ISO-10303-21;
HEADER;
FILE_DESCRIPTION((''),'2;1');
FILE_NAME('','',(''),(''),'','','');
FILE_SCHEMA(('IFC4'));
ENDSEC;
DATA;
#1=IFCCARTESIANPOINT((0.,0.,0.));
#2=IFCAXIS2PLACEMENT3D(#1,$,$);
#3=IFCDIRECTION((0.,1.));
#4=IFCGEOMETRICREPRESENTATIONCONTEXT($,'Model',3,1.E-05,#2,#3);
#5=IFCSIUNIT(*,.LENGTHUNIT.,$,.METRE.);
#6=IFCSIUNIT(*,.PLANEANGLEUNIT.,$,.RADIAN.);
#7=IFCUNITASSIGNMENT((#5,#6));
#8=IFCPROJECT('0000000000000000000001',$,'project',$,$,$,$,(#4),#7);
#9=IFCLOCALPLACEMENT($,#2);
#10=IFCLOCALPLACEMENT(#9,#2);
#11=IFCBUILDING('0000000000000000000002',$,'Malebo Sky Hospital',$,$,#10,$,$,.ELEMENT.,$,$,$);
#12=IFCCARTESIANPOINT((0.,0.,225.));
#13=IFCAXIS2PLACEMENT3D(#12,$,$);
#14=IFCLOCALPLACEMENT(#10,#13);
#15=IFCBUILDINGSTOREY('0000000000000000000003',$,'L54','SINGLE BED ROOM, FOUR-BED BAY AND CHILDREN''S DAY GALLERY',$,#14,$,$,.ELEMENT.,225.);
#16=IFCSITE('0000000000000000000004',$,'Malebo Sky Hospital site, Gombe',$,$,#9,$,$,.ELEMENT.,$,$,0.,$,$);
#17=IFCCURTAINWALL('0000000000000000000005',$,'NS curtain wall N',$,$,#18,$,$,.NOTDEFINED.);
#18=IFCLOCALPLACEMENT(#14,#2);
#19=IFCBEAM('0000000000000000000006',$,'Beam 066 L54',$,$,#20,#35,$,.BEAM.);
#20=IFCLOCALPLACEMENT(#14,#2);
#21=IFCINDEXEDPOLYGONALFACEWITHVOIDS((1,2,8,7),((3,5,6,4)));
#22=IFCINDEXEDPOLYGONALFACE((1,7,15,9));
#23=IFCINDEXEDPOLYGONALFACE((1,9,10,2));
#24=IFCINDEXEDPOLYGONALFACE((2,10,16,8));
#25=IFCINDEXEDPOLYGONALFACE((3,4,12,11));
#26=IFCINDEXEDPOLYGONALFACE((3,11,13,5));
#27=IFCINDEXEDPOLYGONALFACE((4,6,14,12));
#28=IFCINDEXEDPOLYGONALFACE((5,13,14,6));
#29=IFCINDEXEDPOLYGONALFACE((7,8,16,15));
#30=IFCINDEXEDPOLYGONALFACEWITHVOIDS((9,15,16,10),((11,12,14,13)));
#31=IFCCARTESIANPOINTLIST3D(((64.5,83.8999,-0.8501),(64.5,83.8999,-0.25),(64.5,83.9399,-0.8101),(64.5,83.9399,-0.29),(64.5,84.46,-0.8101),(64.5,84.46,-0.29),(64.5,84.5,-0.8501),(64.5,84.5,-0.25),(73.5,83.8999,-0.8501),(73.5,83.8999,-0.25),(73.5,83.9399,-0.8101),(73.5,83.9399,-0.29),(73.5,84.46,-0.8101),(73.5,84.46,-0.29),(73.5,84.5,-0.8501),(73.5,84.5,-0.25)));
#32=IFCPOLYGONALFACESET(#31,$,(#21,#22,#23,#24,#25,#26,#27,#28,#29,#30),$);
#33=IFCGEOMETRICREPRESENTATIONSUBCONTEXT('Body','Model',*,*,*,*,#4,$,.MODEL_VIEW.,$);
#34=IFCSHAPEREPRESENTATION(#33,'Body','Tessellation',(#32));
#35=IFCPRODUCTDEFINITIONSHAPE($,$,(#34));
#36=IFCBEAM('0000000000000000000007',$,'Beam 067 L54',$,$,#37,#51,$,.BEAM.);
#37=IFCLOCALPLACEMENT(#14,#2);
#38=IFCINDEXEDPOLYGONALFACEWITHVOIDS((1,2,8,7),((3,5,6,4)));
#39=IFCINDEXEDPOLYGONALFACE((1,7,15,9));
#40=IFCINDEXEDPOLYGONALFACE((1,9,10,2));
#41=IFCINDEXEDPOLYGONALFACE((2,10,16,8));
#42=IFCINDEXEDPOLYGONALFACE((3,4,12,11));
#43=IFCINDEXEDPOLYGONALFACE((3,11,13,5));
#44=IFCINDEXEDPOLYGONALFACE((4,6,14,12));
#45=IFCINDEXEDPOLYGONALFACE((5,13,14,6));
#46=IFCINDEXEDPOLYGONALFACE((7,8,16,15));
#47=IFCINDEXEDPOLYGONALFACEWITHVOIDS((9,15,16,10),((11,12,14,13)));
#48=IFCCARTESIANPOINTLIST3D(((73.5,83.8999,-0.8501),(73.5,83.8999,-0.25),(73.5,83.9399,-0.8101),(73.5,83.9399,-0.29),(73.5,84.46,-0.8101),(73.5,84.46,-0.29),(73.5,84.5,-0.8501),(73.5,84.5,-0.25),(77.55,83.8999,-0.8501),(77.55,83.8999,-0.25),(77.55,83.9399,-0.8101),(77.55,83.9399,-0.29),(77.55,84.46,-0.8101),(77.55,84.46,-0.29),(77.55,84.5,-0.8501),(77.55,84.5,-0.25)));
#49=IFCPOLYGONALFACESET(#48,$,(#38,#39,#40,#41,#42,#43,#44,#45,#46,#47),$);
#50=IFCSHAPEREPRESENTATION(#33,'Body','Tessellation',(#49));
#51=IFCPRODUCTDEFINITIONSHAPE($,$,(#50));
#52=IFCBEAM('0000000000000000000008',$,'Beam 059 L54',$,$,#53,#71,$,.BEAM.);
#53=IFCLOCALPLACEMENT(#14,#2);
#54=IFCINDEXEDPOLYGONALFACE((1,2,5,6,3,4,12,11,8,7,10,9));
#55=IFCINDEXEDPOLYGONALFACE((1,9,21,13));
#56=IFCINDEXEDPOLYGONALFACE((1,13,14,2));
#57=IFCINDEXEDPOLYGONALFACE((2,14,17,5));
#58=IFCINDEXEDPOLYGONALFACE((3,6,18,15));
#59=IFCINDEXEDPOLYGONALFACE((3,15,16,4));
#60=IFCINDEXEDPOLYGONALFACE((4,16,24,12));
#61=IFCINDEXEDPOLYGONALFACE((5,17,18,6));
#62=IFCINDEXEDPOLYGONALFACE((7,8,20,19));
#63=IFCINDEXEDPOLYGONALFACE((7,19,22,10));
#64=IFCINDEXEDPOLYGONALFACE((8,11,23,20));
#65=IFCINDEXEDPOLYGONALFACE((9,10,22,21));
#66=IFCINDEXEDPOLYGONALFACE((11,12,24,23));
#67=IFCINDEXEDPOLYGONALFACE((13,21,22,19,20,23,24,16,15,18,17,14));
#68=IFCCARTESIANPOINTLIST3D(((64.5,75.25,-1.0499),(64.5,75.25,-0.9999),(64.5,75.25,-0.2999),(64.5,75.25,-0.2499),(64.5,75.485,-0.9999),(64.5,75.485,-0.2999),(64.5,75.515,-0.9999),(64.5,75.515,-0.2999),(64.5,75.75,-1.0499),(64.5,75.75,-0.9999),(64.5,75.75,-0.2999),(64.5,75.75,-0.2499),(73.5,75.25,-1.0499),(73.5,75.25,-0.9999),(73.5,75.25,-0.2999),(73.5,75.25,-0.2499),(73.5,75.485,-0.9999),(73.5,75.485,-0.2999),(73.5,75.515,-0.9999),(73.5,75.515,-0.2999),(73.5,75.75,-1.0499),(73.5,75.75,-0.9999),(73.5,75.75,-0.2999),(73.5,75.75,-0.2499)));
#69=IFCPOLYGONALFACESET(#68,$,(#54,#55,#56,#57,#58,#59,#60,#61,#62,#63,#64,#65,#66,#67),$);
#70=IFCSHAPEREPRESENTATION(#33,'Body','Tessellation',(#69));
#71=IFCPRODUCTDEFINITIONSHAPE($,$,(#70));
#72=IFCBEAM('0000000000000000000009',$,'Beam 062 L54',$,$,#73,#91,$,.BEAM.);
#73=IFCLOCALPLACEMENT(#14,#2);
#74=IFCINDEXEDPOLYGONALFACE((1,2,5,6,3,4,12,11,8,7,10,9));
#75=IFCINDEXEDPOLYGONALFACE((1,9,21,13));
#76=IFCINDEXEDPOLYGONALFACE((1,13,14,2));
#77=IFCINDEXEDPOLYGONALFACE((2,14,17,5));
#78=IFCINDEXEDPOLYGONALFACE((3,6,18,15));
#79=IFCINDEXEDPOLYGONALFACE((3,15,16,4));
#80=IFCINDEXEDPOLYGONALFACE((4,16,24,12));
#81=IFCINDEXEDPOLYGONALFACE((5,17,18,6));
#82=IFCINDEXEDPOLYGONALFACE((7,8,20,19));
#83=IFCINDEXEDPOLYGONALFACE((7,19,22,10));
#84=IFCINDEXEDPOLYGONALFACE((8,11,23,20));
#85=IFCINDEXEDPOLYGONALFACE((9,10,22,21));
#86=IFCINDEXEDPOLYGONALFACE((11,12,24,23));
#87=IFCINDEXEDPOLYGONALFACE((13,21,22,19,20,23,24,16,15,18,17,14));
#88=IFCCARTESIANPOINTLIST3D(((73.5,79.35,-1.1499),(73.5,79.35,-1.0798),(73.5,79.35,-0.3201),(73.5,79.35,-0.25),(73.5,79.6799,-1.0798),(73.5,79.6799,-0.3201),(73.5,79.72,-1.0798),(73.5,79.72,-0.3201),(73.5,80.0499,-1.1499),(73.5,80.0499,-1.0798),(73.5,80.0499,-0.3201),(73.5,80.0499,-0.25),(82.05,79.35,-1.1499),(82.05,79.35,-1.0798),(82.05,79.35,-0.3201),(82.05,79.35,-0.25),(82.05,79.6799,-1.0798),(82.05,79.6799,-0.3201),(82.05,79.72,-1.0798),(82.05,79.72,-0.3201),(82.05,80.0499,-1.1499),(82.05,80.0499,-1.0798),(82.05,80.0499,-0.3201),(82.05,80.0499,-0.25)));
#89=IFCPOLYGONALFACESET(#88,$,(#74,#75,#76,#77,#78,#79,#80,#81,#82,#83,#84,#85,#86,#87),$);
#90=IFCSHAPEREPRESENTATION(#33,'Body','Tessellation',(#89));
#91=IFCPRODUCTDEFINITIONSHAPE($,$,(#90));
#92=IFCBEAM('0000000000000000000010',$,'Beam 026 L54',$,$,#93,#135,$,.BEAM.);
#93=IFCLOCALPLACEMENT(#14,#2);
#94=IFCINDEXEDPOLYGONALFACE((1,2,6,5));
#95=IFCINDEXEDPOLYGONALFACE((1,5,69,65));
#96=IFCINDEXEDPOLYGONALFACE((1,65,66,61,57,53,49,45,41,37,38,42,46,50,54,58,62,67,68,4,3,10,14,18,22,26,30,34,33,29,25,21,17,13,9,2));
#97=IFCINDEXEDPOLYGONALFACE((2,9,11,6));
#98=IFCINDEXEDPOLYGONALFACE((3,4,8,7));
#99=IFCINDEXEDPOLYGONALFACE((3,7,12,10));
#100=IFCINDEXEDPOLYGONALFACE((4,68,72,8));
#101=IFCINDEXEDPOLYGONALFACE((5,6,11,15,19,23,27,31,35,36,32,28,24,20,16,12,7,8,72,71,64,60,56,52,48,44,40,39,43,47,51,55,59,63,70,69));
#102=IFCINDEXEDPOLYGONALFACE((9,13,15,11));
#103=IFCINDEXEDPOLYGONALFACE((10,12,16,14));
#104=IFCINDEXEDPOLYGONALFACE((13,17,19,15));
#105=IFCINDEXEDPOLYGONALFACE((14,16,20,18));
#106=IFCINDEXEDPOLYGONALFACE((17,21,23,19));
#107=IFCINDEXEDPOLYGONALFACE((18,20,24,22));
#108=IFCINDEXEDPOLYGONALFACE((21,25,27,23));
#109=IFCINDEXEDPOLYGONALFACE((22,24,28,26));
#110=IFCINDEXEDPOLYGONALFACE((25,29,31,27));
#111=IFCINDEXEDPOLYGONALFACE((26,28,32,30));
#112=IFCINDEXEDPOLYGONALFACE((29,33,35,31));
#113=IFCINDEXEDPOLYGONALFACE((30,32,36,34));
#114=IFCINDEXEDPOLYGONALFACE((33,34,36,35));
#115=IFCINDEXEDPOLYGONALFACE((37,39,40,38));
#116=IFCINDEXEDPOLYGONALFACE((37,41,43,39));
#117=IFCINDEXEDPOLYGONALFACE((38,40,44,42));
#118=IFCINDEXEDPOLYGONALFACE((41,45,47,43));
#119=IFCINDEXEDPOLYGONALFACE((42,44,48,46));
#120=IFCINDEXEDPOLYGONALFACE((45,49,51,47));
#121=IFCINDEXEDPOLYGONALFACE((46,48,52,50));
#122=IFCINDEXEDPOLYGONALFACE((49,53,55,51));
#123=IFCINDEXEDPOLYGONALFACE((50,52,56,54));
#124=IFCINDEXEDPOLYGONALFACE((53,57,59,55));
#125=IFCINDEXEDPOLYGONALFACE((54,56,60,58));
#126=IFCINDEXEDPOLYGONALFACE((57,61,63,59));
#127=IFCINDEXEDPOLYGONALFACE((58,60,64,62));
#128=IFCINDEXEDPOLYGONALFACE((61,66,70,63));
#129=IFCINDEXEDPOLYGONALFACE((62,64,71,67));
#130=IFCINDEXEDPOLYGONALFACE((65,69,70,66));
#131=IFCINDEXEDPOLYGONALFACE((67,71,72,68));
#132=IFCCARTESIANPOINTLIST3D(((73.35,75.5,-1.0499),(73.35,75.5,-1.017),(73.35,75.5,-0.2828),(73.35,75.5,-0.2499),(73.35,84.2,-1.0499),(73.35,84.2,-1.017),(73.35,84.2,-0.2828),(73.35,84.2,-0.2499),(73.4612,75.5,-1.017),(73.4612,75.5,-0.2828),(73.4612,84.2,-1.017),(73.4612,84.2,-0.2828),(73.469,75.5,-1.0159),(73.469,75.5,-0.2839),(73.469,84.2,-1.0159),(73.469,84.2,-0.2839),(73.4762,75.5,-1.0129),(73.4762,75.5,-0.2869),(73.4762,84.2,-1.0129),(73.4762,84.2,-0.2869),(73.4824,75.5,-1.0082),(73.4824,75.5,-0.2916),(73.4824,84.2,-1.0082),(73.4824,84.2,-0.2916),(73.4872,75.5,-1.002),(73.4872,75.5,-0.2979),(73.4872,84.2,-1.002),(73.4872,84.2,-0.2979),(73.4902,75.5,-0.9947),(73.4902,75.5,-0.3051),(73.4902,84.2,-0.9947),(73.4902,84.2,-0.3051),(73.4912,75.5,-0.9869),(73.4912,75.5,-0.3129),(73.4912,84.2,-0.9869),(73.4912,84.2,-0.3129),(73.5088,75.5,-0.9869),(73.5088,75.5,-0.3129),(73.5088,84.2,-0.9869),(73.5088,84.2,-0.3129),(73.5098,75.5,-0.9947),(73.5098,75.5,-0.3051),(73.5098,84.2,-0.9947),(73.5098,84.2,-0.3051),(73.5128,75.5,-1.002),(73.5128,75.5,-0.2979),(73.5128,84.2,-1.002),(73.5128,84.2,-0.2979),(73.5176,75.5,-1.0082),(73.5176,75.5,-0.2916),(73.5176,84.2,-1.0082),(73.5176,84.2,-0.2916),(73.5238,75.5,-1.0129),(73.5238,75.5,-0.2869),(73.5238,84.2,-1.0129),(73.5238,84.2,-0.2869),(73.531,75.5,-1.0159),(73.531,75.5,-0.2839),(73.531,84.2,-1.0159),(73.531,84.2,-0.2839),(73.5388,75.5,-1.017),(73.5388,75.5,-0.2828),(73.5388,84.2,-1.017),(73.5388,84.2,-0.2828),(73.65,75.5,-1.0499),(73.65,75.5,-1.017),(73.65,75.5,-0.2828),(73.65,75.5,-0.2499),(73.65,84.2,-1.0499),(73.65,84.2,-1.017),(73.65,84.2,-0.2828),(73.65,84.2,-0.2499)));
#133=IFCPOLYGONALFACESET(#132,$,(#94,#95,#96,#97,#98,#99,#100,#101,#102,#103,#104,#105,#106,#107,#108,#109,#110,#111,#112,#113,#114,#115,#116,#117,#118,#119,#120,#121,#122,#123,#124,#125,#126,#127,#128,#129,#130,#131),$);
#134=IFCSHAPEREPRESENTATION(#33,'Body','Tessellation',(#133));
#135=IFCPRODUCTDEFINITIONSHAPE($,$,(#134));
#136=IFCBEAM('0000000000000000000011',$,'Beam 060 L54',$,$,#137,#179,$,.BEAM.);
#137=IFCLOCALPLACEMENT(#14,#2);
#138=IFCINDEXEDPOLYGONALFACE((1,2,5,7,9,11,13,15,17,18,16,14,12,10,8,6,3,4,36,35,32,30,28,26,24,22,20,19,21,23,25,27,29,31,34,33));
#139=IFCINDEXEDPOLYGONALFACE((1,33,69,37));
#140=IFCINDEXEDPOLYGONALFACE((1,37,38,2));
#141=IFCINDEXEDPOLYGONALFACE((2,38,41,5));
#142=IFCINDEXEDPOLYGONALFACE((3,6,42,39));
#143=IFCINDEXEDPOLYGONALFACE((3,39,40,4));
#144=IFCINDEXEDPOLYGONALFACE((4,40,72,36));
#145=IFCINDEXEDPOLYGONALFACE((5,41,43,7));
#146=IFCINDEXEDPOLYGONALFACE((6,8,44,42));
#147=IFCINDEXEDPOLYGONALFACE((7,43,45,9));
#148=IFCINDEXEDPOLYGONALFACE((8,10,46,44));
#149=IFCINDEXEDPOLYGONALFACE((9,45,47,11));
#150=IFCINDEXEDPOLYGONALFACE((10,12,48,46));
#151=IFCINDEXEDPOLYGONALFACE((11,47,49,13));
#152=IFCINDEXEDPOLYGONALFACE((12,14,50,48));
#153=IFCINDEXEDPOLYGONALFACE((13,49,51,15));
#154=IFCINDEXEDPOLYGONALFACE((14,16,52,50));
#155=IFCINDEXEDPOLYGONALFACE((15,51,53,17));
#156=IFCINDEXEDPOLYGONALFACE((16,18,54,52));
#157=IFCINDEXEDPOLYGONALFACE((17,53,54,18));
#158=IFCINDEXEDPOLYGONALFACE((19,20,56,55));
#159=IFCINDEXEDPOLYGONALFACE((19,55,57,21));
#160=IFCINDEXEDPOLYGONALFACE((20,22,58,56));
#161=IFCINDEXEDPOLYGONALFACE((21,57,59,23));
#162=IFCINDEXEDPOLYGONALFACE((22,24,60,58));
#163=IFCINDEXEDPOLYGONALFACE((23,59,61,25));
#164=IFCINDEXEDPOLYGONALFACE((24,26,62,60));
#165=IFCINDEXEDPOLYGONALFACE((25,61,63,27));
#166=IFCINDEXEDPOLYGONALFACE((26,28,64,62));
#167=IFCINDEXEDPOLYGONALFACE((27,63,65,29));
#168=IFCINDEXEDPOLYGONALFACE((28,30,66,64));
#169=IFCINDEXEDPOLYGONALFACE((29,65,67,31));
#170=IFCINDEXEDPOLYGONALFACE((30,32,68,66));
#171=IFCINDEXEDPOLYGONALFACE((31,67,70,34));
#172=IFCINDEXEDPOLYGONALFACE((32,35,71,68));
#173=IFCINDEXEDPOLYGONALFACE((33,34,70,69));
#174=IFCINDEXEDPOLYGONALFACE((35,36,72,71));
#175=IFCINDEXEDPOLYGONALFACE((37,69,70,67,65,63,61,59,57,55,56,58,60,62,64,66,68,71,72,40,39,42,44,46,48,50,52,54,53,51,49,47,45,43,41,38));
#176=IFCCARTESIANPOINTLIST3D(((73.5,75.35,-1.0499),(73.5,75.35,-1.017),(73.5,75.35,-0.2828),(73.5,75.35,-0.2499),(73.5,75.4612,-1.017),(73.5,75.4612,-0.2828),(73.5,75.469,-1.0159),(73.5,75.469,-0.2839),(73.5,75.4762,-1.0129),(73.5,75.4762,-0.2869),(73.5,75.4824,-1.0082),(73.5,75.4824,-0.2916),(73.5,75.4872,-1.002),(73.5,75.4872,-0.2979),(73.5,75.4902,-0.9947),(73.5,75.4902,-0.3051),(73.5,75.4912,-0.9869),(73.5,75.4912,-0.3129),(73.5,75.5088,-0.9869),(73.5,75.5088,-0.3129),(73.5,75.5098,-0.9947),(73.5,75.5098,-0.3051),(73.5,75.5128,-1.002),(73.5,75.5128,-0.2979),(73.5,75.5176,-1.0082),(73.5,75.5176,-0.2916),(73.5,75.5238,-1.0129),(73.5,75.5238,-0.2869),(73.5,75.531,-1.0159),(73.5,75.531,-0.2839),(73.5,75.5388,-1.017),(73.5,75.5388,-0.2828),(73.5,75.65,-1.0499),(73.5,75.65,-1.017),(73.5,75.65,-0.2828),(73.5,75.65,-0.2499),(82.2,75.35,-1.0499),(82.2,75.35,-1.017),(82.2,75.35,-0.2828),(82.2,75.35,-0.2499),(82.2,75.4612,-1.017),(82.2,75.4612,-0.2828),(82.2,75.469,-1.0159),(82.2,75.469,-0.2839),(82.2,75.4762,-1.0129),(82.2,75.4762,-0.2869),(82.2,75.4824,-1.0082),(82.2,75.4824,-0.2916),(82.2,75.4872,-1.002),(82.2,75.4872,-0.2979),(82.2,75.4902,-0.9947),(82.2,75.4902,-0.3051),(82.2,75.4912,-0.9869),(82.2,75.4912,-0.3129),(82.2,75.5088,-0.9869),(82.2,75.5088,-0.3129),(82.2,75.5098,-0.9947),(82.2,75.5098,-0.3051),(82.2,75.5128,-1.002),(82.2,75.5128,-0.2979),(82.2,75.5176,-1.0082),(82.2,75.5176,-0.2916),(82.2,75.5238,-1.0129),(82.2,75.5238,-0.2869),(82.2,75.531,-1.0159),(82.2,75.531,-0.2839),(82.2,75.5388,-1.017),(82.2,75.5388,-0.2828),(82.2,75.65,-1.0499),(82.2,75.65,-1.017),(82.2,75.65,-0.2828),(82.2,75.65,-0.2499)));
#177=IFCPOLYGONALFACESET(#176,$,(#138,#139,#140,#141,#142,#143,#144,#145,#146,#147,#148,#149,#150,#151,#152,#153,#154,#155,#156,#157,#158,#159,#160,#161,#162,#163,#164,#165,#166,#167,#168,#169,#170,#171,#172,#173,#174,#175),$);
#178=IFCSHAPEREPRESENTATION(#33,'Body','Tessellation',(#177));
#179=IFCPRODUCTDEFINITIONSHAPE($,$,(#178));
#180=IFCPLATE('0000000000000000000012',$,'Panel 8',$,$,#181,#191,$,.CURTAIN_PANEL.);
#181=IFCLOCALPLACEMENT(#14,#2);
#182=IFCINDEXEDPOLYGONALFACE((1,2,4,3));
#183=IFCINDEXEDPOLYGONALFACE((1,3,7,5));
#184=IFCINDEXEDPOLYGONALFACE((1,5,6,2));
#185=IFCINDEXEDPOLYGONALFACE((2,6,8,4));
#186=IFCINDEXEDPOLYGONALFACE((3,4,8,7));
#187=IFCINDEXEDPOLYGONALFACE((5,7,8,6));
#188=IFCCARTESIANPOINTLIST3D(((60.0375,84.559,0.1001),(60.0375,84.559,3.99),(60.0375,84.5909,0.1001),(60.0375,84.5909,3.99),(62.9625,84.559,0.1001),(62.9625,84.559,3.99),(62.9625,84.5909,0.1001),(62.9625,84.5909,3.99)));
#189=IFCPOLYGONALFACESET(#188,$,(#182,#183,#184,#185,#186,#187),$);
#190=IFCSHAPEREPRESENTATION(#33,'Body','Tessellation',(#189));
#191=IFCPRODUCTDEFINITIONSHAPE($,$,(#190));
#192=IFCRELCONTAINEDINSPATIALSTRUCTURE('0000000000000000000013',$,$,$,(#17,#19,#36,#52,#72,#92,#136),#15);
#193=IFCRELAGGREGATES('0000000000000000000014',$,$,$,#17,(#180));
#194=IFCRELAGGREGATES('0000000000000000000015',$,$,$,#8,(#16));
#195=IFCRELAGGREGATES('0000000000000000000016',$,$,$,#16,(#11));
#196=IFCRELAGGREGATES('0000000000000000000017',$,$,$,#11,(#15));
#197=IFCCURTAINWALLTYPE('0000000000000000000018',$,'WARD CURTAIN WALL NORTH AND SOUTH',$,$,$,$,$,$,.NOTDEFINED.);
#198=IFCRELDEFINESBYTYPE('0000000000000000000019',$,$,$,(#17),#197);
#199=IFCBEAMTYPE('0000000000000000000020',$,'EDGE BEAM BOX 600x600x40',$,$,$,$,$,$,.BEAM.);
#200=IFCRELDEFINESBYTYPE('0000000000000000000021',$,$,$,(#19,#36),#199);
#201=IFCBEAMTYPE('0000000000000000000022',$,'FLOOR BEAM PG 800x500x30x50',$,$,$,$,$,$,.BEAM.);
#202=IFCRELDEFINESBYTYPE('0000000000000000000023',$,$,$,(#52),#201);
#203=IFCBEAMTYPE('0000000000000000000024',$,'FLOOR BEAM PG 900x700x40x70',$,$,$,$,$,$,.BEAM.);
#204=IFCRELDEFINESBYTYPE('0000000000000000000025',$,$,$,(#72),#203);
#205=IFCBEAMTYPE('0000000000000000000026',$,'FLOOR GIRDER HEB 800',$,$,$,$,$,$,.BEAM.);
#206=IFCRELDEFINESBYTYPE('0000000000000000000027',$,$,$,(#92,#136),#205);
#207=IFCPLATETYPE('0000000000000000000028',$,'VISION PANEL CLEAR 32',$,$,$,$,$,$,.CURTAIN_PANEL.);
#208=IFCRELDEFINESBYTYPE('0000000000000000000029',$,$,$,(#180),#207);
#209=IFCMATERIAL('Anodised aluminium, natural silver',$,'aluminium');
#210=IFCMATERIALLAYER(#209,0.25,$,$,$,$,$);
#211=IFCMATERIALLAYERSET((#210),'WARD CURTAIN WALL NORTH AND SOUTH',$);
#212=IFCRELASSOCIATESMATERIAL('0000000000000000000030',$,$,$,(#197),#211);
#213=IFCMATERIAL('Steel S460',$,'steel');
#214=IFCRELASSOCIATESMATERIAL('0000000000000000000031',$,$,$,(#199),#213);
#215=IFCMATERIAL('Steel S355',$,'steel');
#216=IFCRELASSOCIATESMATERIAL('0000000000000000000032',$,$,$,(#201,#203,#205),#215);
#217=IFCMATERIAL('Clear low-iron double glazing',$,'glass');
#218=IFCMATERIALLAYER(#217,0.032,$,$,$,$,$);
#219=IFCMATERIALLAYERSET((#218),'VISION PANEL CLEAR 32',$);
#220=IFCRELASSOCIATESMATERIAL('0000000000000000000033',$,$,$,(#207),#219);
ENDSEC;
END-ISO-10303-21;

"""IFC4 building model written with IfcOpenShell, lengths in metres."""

from ifc_helpers import new_model, si_unit, direction, frame, origin, origin_2d, place, context, subcontext, project, spatial, rectangle, hollow_rectangle, i_section, extrude, material, layer, layer_set, material_profile, profile_set, type_object, element, aggregate, save


model = new_model("IFC4")

# Units and contexts
model_context = context("Model", 3, precision=1e-05, world=origin(), true_north=direction((0.0, 1.0)))
body_context = subcontext(model_context, "Body", "Model", "MODEL_VIEW")
ifc_project = project(units=[si_unit("LENGTHUNIT", "METRE"), si_unit("PLANEANGLEUNIT", "RADIAN")], contexts=[model_context])

# Site, building, storey
site_placement = place(None, origin())
site = spatial("IfcSite", under=ifc_project, at=site_placement, Name="Malebo Sky Hospital site, Gombe", CompositionType="ELEMENT", RefElevation=0.0)
building_placement = place(site_placement, origin())
building = spatial("IfcBuilding", under=site, at=building_placement, Name="Malebo Sky Hospital", CompositionType="ELEMENT")
storey_placement = place(building_placement, frame((0.0, 0.0, 225.0)))
storey = spatial("IfcBuildingStorey", under=building, at=storey_placement, Name="L54", Description="SINGLE BED ROOM, FOUR-BED BAY AND CHILDREN'S DAY GALLERY", CompositionType="ELEMENT", Elevation=225.0)

# Shared definitions
ifc_material_1 = material(Name="Steel S460", Category="steel")

# Curtain wall
ifc_material_2 = material(Name="Anodised aluminium, natural silver", Category="aluminium")
ifc_layer_1 = layer(ifc_material_2, 0.25)
ifc_layer_set_1 = layer_set([ifc_layer_1], Name="WARD CURTAIN WALL NORTH AND SOUTH")
curtain_wall_type = type_object("IfcCurtainWallType", Name="WARD CURTAIN WALL NORTH AND SOUTH", PredefinedType="NOTDEFINED", material=ifc_layer_set_1)
curtain_wall_placement = place(storey_placement, origin())
curtain_wall = element("IfcCurtainWall", 1, at=curtain_wall_placement, inside=storey, type_object=curtain_wall_type, Name="NS curtain wall N", PredefinedType="NOTDEFINED")

# Shared definitions
ifc_material_3 = material(Name="Steel S355", Category="steel")

# Beams
ifc_material_profile_1 = material_profile(ifc_material_1, hollow_rectangle(XDim=0.6001, YDim=0.6001, WallThickness=0.04, at=origin_2d()), Name="BOX 600x600x40")
ifc_profile_set_1 = profile_set([ifc_material_profile_1], Name="Steel S460")
beam_type_1 = type_object("IfcBeamType", Name="EDGE BEAM BOX 600x600x40", PredefinedType="BEAM", material=ifc_profile_set_1)
beam_1_placement = place(storey_placement, frame((64.5, 84.2, -0.55), z_axis=(1.0, 0.0, 0.0), x_axis=(0.0, 1.0, 0.0)))
element("IfcBeam", 2, at=beam_1_placement, inside=storey, type_object=beam_type_1, Name="Beam 066 L54", PredefinedType="BEAM", context=body_context, shape_type="SweptSolid", body=[
    extrude(hollow_rectangle(XDim=0.6001, YDim=0.6001, WallThickness=0.04, at=origin_2d()), origin(), (0.0, 0.0, 1.0), 9.0),
])
beam_2_placement = place(storey_placement, frame((73.5, 84.2, -0.55), z_axis=(1.0, 0.0, 0.0), x_axis=(0.0, 1.0, 0.0)))
element("IfcBeam", 3, at=beam_2_placement, inside=storey, type_object=beam_type_1, Name="Beam 067 L54", PredefinedType="BEAM", context=body_context, shape_type="SweptSolid", body=[
    extrude(hollow_rectangle(XDim=0.6001, YDim=0.6001, WallThickness=0.04, at=origin_2d()), origin(), (0.0, 0.0, 1.0), 4.05),
])
ifc_material_profile_2 = material_profile(ifc_material_3, i_section(OverallWidth=0.5, OverallDepth=0.8, WebThickness=0.03, FlangeThickness=0.05, at=origin_2d()), Name="PG 800x500x30x50")
ifc_profile_set_2 = profile_set([ifc_material_profile_2], Name="Steel S355")
beam_type_2 = type_object("IfcBeamType", Name="FLOOR BEAM PG 800x500x30x50", PredefinedType="BEAM", material=ifc_profile_set_2)
beam_3_placement = place(storey_placement, frame((64.5, 75.5, -0.6499), z_axis=(1.0, 0.0, 0.0), x_axis=(0.0, 1.0, 0.0)))
element("IfcBeam", 4, at=beam_3_placement, inside=storey, type_object=beam_type_2, Name="Beam 059 L54", PredefinedType="BEAM", context=body_context, shape_type="SweptSolid", body=[
    extrude(i_section(OverallWidth=0.5, OverallDepth=0.8, WebThickness=0.03, FlangeThickness=0.05, at=origin_2d()), origin(), (0.0, 0.0, 1.0), 9.0),
])
ifc_material_profile_3 = material_profile(ifc_material_3, i_section(OverallWidth=0.7, OverallDepth=0.8999, WebThickness=0.04, FlangeThickness=0.0701, at=origin_2d()), Name="PG 900x700x40x70")
ifc_profile_set_3 = profile_set([ifc_material_profile_3], Name="Steel S355")
beam_type_3 = type_object("IfcBeamType", Name="FLOOR BEAM PG 900x700x40x70", PredefinedType="BEAM", material=ifc_profile_set_3)
beam_4_placement = place(storey_placement, frame((73.5, 79.7, -0.7), z_axis=(1.0, 0.0, 0.0), x_axis=(0.0, 1.0, 0.0)))
element("IfcBeam", 5, at=beam_4_placement, inside=storey, type_object=beam_type_3, Name="Beam 062 L54", PredefinedType="BEAM", context=body_context, shape_type="SweptSolid", body=[
    extrude(i_section(OverallWidth=0.7, OverallDepth=0.8999, WebThickness=0.04, FlangeThickness=0.0701, at=origin_2d()), origin(), (0.0, 0.0, 1.0), 8.55),
])
ifc_material_profile_4 = material_profile(ifc_material_3, i_section(OverallWidth=0.3, OverallDepth=0.8, WebThickness=0.0176, FlangeThickness=0.033, FilletRadius=0.03, at=origin_2d()), Name="HEB 800")
ifc_profile_set_4 = profile_set([ifc_material_profile_4], Name="Steel S355")
beam_type_4 = type_object("IfcBeamType", Name="FLOOR GIRDER HEB 800", PredefinedType="BEAM", material=ifc_profile_set_4)
for number, where, z_axis, x_axis, name in (
    (6, (73.5, 75.5, -0.6499), (0.0, 1.0, 0.0), (-1.0, 0.0, 0.0), "Beam 026 L54"),
    (7, (73.5, 75.5, -0.6499), (1.0, 0.0, 0.0), (0.0, 1.0, 0.0), "Beam 060 L54"),
):
    element("IfcBeam", number, at=place(storey_placement, frame(where, z_axis=z_axis, x_axis=x_axis)), inside=storey, type_object=beam_type_4, Name=name, PredefinedType="BEAM", context=body_context, shape_type="SweptSolid", body=[
        extrude(i_section(OverallWidth=0.3, OverallDepth=0.8, WebThickness=0.0176, FlangeThickness=0.033, FilletRadius=0.03, at=origin_2d()), origin(), (0.0, 0.0, 1.0), 8.7),
    ])

# Plate
ifc_material_4 = material(Name="Clear low-iron double glazing", Category="glass")
ifc_layer_2 = layer(ifc_material_4, 0.032)
ifc_layer_set_2 = layer_set([ifc_layer_2], Name="VISION PANEL CLEAR 32")
plate_type = type_object("IfcPlateType", Name="VISION PANEL CLEAR 32", PredefinedType="CURTAIN_PANEL", material=ifc_layer_set_2)
plate_1_placement = place(storey_placement, frame((61.5, 84.575, 0.1001), z_axis=(0.0, 0.0, 1.0), x_axis=(1.0, 0.0, 0.0)))
plate_1 = element("IfcPlate", 8, at=plate_1_placement, type_object=plate_type, Name="Panel 8", PredefinedType="CURTAIN_PANEL", context=body_context, shape_type="SweptSolid", body=[
    extrude(rectangle(XDim=2.925, YDim=0.032, at=origin_2d()), origin(), (0.0, 0.0, 1.0), 3.8899),
])
aggregate(curtain_wall, [plate_1])

save(model, "model.ifc")
